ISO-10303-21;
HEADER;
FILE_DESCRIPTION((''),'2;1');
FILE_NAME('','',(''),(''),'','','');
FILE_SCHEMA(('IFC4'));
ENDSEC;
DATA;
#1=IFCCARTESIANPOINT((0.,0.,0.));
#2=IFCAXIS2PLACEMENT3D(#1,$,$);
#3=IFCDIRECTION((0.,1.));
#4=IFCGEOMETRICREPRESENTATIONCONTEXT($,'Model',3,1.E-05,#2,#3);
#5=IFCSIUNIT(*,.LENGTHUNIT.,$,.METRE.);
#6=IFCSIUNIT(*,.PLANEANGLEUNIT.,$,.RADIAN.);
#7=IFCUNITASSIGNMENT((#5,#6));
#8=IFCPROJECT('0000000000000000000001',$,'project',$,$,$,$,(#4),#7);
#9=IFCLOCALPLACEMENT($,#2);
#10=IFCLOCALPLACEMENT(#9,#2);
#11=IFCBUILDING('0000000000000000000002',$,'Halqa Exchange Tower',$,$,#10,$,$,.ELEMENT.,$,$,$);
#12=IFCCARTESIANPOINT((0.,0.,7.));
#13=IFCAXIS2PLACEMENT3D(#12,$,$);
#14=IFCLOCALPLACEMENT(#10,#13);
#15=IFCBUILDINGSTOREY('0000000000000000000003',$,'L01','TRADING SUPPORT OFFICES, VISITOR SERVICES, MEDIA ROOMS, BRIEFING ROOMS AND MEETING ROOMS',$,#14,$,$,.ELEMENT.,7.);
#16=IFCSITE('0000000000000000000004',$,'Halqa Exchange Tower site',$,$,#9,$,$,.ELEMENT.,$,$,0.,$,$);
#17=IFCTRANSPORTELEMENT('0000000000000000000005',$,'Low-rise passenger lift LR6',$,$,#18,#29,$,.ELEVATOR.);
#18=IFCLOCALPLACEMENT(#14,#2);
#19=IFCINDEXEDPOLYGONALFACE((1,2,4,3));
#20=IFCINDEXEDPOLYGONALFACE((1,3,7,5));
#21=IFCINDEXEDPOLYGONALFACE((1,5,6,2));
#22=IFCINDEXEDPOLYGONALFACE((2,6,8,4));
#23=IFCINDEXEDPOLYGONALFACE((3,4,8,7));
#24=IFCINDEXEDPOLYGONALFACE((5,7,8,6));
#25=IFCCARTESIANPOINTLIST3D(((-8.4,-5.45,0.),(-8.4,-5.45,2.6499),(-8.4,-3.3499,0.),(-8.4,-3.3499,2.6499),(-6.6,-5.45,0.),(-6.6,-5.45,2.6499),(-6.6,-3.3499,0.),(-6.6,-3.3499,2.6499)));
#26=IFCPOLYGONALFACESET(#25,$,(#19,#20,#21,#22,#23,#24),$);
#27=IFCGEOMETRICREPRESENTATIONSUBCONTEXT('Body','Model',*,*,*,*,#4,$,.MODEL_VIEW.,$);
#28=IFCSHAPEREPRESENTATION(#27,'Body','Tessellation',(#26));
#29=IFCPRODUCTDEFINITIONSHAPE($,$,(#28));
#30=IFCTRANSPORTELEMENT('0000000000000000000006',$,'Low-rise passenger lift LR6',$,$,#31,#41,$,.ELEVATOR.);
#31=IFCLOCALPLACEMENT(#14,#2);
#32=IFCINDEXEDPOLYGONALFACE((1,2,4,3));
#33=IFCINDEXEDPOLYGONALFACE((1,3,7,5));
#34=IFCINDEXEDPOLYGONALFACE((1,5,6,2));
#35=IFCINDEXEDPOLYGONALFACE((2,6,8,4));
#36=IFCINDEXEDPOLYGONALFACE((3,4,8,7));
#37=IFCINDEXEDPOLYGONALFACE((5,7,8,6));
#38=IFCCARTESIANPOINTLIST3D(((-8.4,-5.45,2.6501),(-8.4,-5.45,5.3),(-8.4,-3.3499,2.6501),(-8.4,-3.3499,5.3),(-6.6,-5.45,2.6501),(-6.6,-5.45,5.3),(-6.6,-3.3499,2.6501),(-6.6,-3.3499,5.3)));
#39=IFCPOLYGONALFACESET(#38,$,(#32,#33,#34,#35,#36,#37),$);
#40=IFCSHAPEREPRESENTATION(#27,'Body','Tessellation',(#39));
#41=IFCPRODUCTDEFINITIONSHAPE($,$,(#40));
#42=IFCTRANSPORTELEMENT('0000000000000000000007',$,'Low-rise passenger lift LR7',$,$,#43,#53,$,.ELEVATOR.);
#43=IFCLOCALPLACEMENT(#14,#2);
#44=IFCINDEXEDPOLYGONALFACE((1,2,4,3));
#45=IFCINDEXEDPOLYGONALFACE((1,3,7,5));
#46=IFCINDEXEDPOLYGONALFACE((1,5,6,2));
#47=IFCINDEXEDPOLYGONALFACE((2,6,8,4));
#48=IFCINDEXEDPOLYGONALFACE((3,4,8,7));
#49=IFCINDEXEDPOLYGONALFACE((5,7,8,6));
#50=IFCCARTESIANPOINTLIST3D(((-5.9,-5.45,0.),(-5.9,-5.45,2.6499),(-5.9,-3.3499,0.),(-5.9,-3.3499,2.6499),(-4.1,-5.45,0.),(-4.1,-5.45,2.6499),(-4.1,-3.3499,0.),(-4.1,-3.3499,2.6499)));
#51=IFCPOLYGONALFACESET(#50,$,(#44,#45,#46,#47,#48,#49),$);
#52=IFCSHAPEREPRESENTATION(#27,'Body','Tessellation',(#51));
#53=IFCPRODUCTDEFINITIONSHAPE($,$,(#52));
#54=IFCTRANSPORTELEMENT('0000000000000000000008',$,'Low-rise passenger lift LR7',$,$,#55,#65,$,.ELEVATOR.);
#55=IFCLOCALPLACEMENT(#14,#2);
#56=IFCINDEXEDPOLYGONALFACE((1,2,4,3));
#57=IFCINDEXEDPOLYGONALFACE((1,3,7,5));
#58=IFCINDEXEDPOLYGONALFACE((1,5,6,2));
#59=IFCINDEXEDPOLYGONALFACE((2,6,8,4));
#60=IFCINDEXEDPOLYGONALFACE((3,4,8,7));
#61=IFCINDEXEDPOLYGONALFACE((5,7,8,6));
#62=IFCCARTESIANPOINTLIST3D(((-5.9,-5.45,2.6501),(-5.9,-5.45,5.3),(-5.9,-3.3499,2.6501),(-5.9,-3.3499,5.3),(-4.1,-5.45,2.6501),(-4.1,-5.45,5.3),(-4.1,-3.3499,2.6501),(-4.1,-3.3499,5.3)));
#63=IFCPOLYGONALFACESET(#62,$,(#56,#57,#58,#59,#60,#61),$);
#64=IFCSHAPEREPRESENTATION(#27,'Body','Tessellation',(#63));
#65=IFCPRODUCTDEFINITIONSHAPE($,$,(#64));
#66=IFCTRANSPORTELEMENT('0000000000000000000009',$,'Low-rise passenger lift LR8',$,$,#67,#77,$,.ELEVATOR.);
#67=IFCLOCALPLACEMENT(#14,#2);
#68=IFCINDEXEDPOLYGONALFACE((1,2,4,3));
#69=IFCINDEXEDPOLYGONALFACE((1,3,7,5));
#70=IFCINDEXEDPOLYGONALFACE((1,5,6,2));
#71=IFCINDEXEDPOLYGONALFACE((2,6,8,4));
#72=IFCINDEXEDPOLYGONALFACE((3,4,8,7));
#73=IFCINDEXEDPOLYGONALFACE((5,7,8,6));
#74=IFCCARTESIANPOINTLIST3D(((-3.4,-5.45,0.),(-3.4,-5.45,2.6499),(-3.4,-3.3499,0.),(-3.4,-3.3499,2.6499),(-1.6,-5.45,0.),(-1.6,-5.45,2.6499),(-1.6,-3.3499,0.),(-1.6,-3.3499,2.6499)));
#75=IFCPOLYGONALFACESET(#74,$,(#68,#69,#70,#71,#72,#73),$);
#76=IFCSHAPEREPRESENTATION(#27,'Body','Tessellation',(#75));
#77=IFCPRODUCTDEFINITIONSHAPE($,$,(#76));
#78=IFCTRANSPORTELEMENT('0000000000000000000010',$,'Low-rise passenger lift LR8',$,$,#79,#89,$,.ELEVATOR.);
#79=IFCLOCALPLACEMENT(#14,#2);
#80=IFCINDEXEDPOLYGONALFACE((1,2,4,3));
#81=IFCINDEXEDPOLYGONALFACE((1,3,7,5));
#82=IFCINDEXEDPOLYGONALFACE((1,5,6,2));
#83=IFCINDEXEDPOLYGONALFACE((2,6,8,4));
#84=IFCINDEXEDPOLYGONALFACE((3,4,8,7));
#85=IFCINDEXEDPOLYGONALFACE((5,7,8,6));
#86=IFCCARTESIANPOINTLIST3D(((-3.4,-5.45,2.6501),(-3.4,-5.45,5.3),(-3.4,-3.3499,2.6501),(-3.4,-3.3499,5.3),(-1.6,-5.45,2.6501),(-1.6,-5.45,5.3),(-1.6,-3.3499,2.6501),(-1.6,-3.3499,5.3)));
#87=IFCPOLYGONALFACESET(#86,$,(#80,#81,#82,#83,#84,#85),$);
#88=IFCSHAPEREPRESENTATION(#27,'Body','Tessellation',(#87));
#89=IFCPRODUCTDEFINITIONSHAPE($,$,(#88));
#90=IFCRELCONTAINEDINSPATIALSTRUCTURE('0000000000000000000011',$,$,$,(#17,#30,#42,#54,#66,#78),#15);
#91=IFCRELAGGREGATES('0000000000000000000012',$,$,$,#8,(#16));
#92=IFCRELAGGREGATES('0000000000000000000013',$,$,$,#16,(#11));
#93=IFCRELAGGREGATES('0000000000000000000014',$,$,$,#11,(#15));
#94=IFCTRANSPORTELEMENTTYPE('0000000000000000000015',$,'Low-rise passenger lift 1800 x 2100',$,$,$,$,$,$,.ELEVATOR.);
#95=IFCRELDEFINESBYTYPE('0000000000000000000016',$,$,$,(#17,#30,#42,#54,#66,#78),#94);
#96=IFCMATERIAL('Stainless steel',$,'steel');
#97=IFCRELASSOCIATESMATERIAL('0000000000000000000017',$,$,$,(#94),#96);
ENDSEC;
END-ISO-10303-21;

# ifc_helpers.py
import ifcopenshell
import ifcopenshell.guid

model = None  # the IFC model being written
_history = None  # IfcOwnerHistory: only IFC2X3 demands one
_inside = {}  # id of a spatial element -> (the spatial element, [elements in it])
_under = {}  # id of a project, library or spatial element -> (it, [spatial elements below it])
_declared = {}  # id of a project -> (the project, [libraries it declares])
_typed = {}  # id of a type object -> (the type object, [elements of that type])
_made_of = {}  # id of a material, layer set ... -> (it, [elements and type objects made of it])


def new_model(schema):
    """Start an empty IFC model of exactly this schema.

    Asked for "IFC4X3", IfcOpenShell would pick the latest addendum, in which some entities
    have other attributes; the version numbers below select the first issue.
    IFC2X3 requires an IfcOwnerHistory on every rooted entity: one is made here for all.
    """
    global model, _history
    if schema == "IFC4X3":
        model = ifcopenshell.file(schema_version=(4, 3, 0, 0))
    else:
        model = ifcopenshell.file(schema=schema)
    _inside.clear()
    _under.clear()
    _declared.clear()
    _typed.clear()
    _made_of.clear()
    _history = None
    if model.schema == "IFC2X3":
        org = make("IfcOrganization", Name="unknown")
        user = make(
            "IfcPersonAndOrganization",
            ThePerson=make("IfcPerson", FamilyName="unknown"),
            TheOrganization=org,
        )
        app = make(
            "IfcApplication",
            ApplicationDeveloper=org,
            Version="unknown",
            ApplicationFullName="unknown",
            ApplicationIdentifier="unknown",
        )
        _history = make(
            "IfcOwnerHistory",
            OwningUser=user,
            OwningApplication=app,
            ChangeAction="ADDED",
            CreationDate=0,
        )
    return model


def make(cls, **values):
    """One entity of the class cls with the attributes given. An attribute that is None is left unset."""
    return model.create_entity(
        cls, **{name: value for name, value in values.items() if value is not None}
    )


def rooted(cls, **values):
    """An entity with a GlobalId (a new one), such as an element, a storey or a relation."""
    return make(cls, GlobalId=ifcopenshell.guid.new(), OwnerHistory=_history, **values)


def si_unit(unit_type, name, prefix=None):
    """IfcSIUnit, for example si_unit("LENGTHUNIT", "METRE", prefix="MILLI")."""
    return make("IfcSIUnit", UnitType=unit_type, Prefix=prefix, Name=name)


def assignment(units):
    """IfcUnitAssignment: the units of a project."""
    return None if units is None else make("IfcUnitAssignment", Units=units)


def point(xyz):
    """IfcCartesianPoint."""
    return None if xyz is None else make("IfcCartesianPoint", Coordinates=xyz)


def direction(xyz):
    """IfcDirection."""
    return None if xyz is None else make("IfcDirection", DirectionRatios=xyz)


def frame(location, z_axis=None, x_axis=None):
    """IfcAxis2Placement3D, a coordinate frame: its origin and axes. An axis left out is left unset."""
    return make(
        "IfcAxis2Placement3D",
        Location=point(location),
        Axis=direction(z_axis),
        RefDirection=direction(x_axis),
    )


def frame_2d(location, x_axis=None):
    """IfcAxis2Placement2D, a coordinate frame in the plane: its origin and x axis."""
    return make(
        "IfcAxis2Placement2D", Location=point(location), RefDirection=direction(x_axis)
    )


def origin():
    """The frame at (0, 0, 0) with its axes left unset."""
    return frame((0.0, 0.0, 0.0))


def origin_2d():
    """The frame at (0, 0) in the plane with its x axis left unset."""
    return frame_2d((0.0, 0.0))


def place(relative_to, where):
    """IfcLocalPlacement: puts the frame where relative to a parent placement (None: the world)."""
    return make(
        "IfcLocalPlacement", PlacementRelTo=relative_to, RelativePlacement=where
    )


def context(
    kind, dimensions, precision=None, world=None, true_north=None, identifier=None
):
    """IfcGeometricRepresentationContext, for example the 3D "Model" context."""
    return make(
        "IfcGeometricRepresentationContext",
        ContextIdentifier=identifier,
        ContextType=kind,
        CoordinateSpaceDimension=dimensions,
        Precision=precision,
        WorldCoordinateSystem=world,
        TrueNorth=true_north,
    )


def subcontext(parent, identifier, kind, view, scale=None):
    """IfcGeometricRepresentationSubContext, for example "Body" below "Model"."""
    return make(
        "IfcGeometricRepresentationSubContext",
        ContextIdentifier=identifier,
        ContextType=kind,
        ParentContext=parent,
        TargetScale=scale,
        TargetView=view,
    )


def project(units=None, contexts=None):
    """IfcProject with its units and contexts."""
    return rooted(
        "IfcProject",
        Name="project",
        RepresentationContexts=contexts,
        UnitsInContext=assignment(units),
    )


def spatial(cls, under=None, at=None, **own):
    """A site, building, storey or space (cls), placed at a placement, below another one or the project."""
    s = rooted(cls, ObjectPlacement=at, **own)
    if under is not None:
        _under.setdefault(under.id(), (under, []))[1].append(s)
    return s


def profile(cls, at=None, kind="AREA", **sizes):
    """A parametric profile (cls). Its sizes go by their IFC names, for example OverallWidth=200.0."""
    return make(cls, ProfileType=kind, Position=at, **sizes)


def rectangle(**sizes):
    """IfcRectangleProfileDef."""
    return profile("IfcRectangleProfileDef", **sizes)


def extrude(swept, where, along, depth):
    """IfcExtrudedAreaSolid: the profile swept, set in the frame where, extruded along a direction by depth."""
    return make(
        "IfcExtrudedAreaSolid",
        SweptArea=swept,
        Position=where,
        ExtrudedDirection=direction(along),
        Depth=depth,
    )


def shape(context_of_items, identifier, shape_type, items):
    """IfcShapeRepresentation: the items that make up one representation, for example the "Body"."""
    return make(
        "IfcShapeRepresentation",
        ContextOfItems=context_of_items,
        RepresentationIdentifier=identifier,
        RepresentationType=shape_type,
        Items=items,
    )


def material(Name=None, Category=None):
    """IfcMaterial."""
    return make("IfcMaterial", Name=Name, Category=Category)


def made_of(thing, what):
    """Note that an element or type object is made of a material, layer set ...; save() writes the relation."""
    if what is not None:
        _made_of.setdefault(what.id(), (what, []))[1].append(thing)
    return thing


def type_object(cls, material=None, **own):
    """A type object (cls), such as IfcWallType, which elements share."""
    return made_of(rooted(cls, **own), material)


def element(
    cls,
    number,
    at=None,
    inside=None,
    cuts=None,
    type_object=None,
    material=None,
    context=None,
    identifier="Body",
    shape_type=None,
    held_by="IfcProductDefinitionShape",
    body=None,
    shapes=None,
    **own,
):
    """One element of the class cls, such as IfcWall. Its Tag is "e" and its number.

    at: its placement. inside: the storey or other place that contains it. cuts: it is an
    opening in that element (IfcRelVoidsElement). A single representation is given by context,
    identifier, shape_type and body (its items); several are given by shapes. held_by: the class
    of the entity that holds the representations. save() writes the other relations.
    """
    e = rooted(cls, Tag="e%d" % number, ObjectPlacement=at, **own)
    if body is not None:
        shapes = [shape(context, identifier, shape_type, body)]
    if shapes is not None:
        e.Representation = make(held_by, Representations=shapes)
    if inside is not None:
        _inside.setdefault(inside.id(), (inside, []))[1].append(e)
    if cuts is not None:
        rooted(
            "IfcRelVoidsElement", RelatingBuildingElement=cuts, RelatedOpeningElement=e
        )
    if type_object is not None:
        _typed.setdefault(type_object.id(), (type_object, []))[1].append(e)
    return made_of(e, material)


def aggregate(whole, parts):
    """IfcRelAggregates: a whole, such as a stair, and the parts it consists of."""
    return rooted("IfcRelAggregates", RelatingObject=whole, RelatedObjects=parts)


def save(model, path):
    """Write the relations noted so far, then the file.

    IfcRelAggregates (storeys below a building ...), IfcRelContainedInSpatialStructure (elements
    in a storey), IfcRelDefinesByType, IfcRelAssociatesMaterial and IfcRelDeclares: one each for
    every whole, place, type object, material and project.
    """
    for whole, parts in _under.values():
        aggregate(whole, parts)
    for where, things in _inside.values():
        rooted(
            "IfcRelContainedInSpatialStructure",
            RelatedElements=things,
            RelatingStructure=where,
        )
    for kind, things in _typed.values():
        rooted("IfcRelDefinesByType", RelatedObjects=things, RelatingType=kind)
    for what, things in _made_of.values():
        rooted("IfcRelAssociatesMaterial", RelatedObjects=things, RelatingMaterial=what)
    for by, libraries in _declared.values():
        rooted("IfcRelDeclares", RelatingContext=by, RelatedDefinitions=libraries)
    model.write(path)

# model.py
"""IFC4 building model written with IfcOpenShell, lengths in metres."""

from ifc_helpers import new_model, si_unit, direction, frame, origin, origin_2d, place, context, subcontext, project, spatial, rectangle, extrude, material, type_object, element, save


model = new_model("IFC4")

# Units and contexts
model_context = context("Model", 3, precision=1e-05, world=origin(), true_north=direction((0.0, 1.0)))
body_context = subcontext(model_context, "Body", "Model", "MODEL_VIEW")
ifc_project = project(units=[si_unit("LENGTHUNIT", "METRE"), si_unit("PLANEANGLEUNIT", "RADIAN")], contexts=[model_context])

# Site, building, storey
site_placement = place(None, origin())
site = spatial("IfcSite", under=ifc_project, at=site_placement, Name="Halqa Exchange Tower site", CompositionType="ELEMENT", RefElevation=0.0)
building_placement = place(site_placement, origin())
building = spatial("IfcBuilding", under=site, at=building_placement, Name="Halqa Exchange Tower", CompositionType="ELEMENT")
storey_placement = place(building_placement, frame((0.0, 0.0, 7.0)))
storey = spatial("IfcBuildingStorey", under=building, at=storey_placement, Name="L01", Description="TRADING SUPPORT OFFICES, VISITOR SERVICES, MEDIA ROOMS, BRIEFING ROOMS AND MEETING ROOMS", CompositionType="ELEMENT", Elevation=7.0)

# Shared definitions
ifc_material_1 = material(Name="Stainless steel", Category="steel")

# Transport elements
transport_element_type = type_object("IfcTransportElementType", Name="Low-rise passenger lift 1800 x 2100", PredefinedType="ELEVATOR", material=ifc_material_1)
for number, where, z_axis, x_axis, name in (
    (1, (-7.5, -4.3999, 0.0), (0.0, 0.0, 1.0), (1.0, 0.0, 0.0), "Low-rise passenger lift LR6"),
    (2, (-7.5, -4.3999, 2.6501), (0.0, 0.0, 1.0), (1.0, 0.0, 0.0), "Low-rise passenger lift LR6"),
    (3, (-5.0, -4.3999, 0.0), (0.0, 0.0, 1.0), (1.0, 0.0, 0.0), "Low-rise passenger lift LR7"),
    (4, (-5.0, -4.3999, 2.6501), (0.0, 0.0, 1.0), (1.0, 0.0, 0.0), "Low-rise passenger lift LR7"),
    (5, (-2.5, -4.3999, 0.0), (0.0, 0.0, 1.0), (1.0, 0.0, 0.0), "Low-rise passenger lift LR8"),
    (6, (-2.5, -4.3999, 2.6501), (0.0, 0.0, 1.0), (1.0, 0.0, 0.0), "Low-rise passenger lift LR8"),
):
    element("IfcTransportElement", number, at=place(storey_placement, frame(where, z_axis=z_axis, x_axis=x_axis)), inside=storey, type_object=transport_element_type, Name=name, PredefinedType="ELEVATOR", context=body_context, shape_type="SweptSolid", body=[
        extrude(rectangle(XDim=1.8, YDim=2.1001, at=origin_2d()), origin(), (0.0, 0.0, 1.0), 2.6499),
    ])

save(model, "model.ifc")
